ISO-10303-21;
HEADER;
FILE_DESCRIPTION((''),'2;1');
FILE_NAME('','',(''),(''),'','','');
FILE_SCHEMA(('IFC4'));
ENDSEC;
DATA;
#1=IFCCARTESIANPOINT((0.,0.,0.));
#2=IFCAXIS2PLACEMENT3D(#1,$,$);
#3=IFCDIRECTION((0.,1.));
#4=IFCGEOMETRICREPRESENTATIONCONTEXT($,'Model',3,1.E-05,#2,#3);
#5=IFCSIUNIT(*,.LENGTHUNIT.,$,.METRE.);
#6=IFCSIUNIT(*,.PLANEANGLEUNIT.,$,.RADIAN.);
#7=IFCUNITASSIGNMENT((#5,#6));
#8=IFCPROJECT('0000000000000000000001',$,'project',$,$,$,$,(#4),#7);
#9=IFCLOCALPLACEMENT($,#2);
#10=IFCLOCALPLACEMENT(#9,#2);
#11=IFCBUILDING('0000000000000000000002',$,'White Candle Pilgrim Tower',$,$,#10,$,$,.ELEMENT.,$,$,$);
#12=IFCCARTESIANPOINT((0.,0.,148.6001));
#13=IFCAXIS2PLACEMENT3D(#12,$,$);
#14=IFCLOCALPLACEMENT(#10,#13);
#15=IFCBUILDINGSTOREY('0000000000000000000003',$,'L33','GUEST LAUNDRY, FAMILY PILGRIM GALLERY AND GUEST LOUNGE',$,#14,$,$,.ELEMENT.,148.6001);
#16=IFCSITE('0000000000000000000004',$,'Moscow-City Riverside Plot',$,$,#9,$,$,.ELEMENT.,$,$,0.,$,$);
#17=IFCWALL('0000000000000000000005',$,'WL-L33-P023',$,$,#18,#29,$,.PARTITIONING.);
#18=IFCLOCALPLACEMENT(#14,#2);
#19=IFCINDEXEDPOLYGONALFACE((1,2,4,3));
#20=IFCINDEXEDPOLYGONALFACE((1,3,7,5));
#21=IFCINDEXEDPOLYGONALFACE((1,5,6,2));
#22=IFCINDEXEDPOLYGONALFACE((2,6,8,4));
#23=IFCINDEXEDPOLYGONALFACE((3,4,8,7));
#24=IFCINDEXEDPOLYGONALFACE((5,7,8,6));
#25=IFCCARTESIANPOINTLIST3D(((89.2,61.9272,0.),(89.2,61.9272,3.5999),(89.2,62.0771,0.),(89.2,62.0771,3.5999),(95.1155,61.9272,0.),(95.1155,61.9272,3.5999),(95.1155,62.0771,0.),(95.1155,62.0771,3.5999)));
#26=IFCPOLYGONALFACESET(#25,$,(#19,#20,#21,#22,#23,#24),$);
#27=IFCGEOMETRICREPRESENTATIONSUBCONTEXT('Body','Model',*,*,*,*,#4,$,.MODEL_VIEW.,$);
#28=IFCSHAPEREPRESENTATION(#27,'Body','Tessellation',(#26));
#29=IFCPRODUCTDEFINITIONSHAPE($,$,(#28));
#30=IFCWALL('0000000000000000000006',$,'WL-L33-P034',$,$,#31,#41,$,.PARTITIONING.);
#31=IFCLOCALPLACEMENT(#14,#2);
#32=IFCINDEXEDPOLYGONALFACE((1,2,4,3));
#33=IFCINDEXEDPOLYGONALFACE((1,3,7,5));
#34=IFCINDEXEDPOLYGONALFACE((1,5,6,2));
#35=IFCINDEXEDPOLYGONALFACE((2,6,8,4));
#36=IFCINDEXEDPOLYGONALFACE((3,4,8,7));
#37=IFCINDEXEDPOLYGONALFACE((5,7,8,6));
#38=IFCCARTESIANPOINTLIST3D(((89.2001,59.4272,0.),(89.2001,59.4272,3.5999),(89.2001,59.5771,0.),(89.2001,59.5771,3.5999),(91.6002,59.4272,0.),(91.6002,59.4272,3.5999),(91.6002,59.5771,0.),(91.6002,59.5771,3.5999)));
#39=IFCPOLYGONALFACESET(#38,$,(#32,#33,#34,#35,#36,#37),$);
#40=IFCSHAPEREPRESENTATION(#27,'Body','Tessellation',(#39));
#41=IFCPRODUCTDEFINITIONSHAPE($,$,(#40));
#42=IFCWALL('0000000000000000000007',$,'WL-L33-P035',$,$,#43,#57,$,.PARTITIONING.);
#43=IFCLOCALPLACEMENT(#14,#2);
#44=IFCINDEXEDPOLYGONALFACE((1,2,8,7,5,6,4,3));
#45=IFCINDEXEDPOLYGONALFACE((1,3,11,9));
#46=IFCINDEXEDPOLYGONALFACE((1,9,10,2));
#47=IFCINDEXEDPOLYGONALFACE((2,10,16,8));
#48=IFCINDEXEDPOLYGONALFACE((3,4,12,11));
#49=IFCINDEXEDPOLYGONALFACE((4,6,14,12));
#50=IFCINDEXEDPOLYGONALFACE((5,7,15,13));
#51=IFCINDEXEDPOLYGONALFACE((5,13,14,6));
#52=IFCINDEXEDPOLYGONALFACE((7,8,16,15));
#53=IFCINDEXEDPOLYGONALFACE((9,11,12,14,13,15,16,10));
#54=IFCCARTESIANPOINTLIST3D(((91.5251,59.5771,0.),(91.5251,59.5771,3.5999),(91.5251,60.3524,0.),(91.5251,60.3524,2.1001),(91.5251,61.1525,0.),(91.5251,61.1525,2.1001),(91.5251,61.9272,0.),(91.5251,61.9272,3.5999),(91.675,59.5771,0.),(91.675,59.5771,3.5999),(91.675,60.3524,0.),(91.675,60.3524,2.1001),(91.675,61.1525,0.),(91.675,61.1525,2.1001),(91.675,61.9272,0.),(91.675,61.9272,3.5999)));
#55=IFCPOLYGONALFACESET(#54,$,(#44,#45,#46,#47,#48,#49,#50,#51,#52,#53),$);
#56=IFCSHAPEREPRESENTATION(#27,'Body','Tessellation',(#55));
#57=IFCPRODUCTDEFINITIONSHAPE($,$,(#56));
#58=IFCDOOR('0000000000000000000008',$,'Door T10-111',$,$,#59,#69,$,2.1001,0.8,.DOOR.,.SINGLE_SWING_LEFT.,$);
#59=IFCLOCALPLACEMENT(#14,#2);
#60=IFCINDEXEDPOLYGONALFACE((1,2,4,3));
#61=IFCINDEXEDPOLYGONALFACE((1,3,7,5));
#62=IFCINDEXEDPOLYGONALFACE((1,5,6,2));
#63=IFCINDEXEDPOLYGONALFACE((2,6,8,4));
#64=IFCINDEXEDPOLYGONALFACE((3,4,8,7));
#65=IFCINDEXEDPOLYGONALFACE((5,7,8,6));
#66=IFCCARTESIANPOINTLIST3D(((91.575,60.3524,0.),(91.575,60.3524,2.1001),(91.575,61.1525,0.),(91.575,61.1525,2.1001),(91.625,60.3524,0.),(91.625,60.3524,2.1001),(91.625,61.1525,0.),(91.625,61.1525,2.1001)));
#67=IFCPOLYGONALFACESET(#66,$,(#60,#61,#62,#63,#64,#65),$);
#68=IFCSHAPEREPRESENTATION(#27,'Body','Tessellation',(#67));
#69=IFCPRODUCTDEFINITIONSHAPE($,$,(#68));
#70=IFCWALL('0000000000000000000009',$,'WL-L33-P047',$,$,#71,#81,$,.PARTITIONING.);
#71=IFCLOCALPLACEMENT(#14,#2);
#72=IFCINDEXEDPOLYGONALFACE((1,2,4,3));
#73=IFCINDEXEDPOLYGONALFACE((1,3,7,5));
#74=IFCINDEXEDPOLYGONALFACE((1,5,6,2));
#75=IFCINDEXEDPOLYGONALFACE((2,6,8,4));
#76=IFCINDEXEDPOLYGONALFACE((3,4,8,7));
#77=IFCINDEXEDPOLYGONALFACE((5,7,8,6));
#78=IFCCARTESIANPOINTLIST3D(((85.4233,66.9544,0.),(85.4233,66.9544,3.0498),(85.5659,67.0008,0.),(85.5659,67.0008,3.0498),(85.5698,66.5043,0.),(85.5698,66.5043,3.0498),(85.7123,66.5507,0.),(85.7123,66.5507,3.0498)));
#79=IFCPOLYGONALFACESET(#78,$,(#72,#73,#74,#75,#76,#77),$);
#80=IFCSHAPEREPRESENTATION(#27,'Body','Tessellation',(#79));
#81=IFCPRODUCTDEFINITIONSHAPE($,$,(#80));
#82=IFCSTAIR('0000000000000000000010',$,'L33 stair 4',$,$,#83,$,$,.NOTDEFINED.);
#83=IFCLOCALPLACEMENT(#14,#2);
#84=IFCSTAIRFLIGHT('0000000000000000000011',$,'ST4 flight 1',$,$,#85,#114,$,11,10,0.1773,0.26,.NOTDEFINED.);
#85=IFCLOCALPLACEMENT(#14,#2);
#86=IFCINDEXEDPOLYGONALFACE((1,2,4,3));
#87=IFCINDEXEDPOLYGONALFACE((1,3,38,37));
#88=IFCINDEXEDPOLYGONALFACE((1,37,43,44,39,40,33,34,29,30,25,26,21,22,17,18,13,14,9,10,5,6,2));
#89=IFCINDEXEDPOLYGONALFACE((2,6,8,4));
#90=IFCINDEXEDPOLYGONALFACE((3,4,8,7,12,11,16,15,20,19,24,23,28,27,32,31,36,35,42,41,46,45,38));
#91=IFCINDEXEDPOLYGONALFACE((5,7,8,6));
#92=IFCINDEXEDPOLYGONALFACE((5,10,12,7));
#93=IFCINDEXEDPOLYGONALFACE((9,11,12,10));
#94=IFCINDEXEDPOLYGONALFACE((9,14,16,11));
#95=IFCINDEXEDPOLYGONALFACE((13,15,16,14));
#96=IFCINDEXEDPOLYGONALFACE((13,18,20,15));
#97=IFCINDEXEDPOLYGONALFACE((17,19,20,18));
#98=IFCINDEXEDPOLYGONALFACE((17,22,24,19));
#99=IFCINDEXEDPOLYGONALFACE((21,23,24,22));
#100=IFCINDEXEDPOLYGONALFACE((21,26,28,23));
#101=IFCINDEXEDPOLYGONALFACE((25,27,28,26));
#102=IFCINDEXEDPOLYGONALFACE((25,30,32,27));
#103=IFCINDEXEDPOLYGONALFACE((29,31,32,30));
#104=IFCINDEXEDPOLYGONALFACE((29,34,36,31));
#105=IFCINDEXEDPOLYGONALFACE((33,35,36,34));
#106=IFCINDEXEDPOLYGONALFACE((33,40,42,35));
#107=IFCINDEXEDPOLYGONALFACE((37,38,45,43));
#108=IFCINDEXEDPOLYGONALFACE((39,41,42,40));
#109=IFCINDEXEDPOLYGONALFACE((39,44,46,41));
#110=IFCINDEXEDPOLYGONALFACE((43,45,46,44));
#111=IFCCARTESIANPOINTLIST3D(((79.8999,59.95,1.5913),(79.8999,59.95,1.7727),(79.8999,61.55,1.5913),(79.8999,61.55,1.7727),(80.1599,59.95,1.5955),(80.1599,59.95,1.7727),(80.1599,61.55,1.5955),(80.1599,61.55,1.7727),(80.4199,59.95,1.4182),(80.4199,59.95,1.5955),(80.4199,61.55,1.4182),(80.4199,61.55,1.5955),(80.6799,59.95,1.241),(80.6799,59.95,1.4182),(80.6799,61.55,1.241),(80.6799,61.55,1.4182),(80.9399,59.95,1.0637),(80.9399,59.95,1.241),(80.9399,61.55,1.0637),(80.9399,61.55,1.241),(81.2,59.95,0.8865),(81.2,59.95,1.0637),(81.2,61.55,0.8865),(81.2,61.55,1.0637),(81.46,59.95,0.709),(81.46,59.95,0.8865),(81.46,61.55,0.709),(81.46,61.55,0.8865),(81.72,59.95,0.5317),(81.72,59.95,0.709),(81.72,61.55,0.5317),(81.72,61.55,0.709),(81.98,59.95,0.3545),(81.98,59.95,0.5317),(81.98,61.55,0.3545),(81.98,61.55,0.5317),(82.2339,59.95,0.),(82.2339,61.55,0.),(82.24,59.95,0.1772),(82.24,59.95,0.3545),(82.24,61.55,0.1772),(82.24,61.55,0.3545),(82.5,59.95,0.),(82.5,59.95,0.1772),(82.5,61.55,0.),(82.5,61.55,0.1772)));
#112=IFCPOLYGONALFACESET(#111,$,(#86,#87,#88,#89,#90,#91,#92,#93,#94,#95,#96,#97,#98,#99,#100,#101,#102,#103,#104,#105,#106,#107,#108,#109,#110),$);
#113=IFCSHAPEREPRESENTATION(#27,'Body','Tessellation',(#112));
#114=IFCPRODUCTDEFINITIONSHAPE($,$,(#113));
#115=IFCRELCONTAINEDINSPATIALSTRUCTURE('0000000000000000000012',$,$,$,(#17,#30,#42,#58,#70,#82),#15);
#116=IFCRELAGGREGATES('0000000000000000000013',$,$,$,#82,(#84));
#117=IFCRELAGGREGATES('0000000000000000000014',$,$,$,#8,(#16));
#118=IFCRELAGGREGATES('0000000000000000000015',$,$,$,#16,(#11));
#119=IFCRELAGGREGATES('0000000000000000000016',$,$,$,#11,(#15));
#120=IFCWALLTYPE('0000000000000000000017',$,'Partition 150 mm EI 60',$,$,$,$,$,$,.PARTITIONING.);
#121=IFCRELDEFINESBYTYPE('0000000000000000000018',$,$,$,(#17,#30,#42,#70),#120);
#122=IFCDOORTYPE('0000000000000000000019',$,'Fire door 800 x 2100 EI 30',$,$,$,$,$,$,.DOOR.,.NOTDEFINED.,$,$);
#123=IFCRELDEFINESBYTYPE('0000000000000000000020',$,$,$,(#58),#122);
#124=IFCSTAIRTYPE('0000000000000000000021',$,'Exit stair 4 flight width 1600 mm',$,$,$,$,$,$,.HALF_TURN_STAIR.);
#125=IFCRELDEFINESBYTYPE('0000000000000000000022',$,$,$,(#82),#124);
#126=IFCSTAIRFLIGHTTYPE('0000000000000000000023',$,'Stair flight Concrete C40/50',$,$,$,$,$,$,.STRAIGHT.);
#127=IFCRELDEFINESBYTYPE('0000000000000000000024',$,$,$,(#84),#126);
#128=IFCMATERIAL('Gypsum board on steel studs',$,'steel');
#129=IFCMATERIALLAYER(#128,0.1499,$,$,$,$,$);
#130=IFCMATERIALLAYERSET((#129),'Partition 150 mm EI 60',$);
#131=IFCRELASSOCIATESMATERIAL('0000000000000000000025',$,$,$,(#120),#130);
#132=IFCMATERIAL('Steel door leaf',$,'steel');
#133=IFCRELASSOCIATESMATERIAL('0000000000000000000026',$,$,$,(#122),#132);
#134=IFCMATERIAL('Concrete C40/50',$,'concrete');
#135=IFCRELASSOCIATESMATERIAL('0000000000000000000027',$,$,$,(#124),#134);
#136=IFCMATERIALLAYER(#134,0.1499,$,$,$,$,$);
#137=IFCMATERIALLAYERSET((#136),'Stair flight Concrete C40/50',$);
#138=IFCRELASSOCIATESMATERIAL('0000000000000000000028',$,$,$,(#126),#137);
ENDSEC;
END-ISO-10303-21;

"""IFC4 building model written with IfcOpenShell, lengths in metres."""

from ifc_helpers import new_model, si_unit, direction, frame, frame_2d, origin, place, context, subcontext, project, spatial, polyline, rectangle, outline, extrude, material, layer, layer_set, type_object, element, fill, aggregate, save


model = new_model("IFC4")

# Units and contexts
model_context = context("Model", 3, precision=1e-05, world=origin(), true_north=direction((0.0, 1.0)))
body_context = subcontext(model_context, "Body", "Model", "MODEL_VIEW")
ifc_project = project(units=[si_unit("LENGTHUNIT", "METRE"), si_unit("PLANEANGLEUNIT", "RADIAN")], contexts=[model_context])

# Site, building, storey
site_placement = place(None, origin())
site = spatial("IfcSite", under=ifc_project, at=site_placement, Name="Moscow-City Riverside Plot", CompositionType="ELEMENT", RefElevation=0.0)
building_placement = place(site_placement, origin())
building = spatial("IfcBuilding", under=site, at=building_placement, Name="White Candle Pilgrim Tower", CompositionType="ELEMENT")
storey_placement = place(building_placement, frame((0.0, 0.0, 148.6001)))
storey = spatial("IfcBuildingStorey", under=building, at=storey_placement, Name="L33", Description="GUEST LAUNDRY, FAMILY PILGRIM GALLERY AND GUEST LOUNGE", CompositionType="ELEMENT", Elevation=148.6001)

# Shared definitions
ifc_material_1 = material(Name="Gypsum board on steel studs", Category="steel")
ifc_material_2 = material(Name="Steel door leaf", Category="steel")

# Walls
ifc_layer_1 = layer(ifc_material_1, 0.1499)
ifc_layer_set_1 = layer_set([ifc_layer_1], Name="Partition 150 mm EI 60")
wall_type_1 = type_object("IfcWallType", Name="Partition 150 mm EI 60", PredefinedType="PARTITIONING", material=ifc_layer_set_1)
wall_1_placement = place(storey_placement, frame((95.1155, 62.0022, 0.0), z_axis=(0.0, 0.0, 1.0), x_axis=(-1.0, 0.0, 0.0)))
element("IfcWall", 1, at=wall_1_placement, inside=storey, type_object=wall_type_1, Name="WL-L33-P023", PredefinedType="PARTITIONING", context=body_context, shape_type="SweptSolid", body=[
    extrude(rectangle(XDim=5.9155, YDim=0.1499, at=frame_2d((2.9578, 0.0))), origin(), (0.0, 0.0, 1.0), 3.5999),
])
wall_2_placement = place(storey_placement, frame((89.2, 59.5022, 0.0), z_axis=(0.0, 0.0, 1.0), x_axis=(1.0, 0.0, 0.0)))
element("IfcWall", 2, at=wall_2_placement, inside=storey, type_object=wall_type_1, Name="WL-L33-P034", PredefinedType="PARTITIONING", context=body_context, shape_type="SweptSolid", body=[
    extrude(rectangle(XDim=2.4001, YDim=0.1499, at=frame_2d((1.2002, 0.0))), origin(), (0.0, 0.0, 1.0), 3.5999),
])

# Wall, opening, door
wall_3_placement = place(storey_placement, frame((91.6001, 61.9272, 0.0), z_axis=(0.0, 0.0, 1.0), x_axis=(0.0, -1.0, 0.0)))
wall_3 = element("IfcWall", 3, at=wall_3_placement, inside=storey, type_object=wall_type_1, Name="WL-L33-P035", PredefinedType="PARTITIONING", context=body_context, shape_type="SweptSolid", body=[
    extrude(rectangle(XDim=2.3501, YDim=0.1499, at=frame_2d((1.175, 0.0))), origin(), (0.0, 0.0, 1.0), 3.5999),
])
opening_1_placement = place(wall_3_placement, frame((0.7749, 0.0, 0.0)))
opening_1 = element("IfcOpeningElement", 4, at=opening_1_placement, cuts=wall_3, PredefinedType="OPENING", context=body_context, shape_type="SweptSolid", body=[
    extrude(rectangle(XDim=0.8, YDim=2.1001, at=frame_2d((0.3999, 1.05))), frame((0.0, 0.085, 0.0), z_axis=(0.0, -1.0, 0.0), x_axis=(1.0, 0.0, 0.0)), (0.0, 0.0, 1.0), 0.1699),
])
door_type_1 = type_object("IfcDoorType", Name="Fire door 800 x 2100 EI 30", OperationType="NOTDEFINED", PredefinedType="DOOR", material=ifc_material_2)
door_1_placement = place(opening_1_placement, origin())
door_1 = element("IfcDoor", 5, at=door_1_placement, inside=storey, type_object=door_type_1, Name="Door T10-111", OperationType="SINGLE_SWING_LEFT", OverallHeight=2.1001, OverallWidth=0.8, PredefinedType="DOOR", context=body_context, shape_type="SweptSolid", body=[
    extrude(rectangle(XDim=0.8, YDim=2.1001, at=frame_2d((0.3999, 1.05))), frame((0.0, 0.0249, 0.0), z_axis=(0.0, -1.0, 0.0), x_axis=(1.0, 0.0, 0.0)), (0.0, 0.0, 1.0), 0.05),
])
fill(opening_1, door_1)

# Wall
wall_4_placement = place(storey_placement, frame((85.6411, 66.5273, 0.0), z_axis=(0.0, 0.0, 1.0), x_axis=(-0.309413, 0.950928, 0.0)))
element("IfcWall", 6, at=wall_4_placement, inside=storey, type_object=wall_type_1, Name="WL-L33-P047", PredefinedType="PARTITIONING", context=body_context, shape_type="SweptSolid", body=[
    extrude(rectangle(XDim=0.4734, YDim=0.1499, at=frame_2d((0.2368, 0.0))), origin(), (0.0, 0.0, 1.0), 3.0498),
])

# Stair, stair flight
ifc_material_3 = material(Name="Concrete C40/50", Category="concrete")
stair_type = type_object("IfcStairType", Name="Exit stair 4 flight width 1600 mm", PredefinedType="HALF_TURN_STAIR", material=ifc_material_3)
stair_placement = place(storey_placement, origin())
stair = element("IfcStair", 7, at=stair_placement, inside=storey, type_object=stair_type, Name="L33 stair 4", PredefinedType="NOTDEFINED")
ifc_layer_2 = layer(ifc_material_3, 0.1499)
ifc_layer_set_2 = layer_set([ifc_layer_2], Name="Stair flight Concrete C40/50")
stair_flight_type = type_object("IfcStairFlightType", Name="Stair flight Concrete C40/50", PredefinedType="STRAIGHT", material=ifc_layer_set_2)
stair_flight_placement = place(storey_placement, frame((82.5, 60.75, 0.0), z_axis=(0.0, 0.0, 1.0), x_axis=(-1.0, 0.0, 0.0)))
stair_flight = element("IfcStairFlight", 8, at=stair_flight_placement, type_object=stair_flight_type, Name="ST4 flight 1", NumberOfRisers=11, NumberOfTreads=10, PredefinedType="NOTDEFINED", RiserHeight=0.1773, TreadLength=0.26, context=body_context, shape_type="SweptSolid", body=[
    extrude(outline(polyline([(0.0, 0.0), (0.0, 0.1772), (0.26, 0.1772), (0.26, 0.3545), (0.52, 0.3545), (0.52, 0.5317), (0.78, 0.5317), (0.78, 0.709), (1.04, 0.709), (1.04, 0.8865), (1.3, 0.8865), (1.3, 1.0637), (1.5601, 1.0637), (1.5601, 1.241), (1.8201, 1.241), (1.8201, 1.4182), (2.0801, 1.4182), (2.0801, 1.5955), (2.3401, 1.5955), (2.3401, 1.7727), (2.6001, 1.7727), (2.6001, 1.95), (2.6001, 1.5913), (0.2661, 0.0), (0.0, 0.0)])), frame((0.0, 0.8, 0.0), z_axis=(0.0, -1.0, 0.0), x_axis=(1.0, 0.0, 0.0)), (0.0, 0.0, 1.0), 1.6001),
])
aggregate(stair, [stair_flight])

save(model, "model.ifc")
